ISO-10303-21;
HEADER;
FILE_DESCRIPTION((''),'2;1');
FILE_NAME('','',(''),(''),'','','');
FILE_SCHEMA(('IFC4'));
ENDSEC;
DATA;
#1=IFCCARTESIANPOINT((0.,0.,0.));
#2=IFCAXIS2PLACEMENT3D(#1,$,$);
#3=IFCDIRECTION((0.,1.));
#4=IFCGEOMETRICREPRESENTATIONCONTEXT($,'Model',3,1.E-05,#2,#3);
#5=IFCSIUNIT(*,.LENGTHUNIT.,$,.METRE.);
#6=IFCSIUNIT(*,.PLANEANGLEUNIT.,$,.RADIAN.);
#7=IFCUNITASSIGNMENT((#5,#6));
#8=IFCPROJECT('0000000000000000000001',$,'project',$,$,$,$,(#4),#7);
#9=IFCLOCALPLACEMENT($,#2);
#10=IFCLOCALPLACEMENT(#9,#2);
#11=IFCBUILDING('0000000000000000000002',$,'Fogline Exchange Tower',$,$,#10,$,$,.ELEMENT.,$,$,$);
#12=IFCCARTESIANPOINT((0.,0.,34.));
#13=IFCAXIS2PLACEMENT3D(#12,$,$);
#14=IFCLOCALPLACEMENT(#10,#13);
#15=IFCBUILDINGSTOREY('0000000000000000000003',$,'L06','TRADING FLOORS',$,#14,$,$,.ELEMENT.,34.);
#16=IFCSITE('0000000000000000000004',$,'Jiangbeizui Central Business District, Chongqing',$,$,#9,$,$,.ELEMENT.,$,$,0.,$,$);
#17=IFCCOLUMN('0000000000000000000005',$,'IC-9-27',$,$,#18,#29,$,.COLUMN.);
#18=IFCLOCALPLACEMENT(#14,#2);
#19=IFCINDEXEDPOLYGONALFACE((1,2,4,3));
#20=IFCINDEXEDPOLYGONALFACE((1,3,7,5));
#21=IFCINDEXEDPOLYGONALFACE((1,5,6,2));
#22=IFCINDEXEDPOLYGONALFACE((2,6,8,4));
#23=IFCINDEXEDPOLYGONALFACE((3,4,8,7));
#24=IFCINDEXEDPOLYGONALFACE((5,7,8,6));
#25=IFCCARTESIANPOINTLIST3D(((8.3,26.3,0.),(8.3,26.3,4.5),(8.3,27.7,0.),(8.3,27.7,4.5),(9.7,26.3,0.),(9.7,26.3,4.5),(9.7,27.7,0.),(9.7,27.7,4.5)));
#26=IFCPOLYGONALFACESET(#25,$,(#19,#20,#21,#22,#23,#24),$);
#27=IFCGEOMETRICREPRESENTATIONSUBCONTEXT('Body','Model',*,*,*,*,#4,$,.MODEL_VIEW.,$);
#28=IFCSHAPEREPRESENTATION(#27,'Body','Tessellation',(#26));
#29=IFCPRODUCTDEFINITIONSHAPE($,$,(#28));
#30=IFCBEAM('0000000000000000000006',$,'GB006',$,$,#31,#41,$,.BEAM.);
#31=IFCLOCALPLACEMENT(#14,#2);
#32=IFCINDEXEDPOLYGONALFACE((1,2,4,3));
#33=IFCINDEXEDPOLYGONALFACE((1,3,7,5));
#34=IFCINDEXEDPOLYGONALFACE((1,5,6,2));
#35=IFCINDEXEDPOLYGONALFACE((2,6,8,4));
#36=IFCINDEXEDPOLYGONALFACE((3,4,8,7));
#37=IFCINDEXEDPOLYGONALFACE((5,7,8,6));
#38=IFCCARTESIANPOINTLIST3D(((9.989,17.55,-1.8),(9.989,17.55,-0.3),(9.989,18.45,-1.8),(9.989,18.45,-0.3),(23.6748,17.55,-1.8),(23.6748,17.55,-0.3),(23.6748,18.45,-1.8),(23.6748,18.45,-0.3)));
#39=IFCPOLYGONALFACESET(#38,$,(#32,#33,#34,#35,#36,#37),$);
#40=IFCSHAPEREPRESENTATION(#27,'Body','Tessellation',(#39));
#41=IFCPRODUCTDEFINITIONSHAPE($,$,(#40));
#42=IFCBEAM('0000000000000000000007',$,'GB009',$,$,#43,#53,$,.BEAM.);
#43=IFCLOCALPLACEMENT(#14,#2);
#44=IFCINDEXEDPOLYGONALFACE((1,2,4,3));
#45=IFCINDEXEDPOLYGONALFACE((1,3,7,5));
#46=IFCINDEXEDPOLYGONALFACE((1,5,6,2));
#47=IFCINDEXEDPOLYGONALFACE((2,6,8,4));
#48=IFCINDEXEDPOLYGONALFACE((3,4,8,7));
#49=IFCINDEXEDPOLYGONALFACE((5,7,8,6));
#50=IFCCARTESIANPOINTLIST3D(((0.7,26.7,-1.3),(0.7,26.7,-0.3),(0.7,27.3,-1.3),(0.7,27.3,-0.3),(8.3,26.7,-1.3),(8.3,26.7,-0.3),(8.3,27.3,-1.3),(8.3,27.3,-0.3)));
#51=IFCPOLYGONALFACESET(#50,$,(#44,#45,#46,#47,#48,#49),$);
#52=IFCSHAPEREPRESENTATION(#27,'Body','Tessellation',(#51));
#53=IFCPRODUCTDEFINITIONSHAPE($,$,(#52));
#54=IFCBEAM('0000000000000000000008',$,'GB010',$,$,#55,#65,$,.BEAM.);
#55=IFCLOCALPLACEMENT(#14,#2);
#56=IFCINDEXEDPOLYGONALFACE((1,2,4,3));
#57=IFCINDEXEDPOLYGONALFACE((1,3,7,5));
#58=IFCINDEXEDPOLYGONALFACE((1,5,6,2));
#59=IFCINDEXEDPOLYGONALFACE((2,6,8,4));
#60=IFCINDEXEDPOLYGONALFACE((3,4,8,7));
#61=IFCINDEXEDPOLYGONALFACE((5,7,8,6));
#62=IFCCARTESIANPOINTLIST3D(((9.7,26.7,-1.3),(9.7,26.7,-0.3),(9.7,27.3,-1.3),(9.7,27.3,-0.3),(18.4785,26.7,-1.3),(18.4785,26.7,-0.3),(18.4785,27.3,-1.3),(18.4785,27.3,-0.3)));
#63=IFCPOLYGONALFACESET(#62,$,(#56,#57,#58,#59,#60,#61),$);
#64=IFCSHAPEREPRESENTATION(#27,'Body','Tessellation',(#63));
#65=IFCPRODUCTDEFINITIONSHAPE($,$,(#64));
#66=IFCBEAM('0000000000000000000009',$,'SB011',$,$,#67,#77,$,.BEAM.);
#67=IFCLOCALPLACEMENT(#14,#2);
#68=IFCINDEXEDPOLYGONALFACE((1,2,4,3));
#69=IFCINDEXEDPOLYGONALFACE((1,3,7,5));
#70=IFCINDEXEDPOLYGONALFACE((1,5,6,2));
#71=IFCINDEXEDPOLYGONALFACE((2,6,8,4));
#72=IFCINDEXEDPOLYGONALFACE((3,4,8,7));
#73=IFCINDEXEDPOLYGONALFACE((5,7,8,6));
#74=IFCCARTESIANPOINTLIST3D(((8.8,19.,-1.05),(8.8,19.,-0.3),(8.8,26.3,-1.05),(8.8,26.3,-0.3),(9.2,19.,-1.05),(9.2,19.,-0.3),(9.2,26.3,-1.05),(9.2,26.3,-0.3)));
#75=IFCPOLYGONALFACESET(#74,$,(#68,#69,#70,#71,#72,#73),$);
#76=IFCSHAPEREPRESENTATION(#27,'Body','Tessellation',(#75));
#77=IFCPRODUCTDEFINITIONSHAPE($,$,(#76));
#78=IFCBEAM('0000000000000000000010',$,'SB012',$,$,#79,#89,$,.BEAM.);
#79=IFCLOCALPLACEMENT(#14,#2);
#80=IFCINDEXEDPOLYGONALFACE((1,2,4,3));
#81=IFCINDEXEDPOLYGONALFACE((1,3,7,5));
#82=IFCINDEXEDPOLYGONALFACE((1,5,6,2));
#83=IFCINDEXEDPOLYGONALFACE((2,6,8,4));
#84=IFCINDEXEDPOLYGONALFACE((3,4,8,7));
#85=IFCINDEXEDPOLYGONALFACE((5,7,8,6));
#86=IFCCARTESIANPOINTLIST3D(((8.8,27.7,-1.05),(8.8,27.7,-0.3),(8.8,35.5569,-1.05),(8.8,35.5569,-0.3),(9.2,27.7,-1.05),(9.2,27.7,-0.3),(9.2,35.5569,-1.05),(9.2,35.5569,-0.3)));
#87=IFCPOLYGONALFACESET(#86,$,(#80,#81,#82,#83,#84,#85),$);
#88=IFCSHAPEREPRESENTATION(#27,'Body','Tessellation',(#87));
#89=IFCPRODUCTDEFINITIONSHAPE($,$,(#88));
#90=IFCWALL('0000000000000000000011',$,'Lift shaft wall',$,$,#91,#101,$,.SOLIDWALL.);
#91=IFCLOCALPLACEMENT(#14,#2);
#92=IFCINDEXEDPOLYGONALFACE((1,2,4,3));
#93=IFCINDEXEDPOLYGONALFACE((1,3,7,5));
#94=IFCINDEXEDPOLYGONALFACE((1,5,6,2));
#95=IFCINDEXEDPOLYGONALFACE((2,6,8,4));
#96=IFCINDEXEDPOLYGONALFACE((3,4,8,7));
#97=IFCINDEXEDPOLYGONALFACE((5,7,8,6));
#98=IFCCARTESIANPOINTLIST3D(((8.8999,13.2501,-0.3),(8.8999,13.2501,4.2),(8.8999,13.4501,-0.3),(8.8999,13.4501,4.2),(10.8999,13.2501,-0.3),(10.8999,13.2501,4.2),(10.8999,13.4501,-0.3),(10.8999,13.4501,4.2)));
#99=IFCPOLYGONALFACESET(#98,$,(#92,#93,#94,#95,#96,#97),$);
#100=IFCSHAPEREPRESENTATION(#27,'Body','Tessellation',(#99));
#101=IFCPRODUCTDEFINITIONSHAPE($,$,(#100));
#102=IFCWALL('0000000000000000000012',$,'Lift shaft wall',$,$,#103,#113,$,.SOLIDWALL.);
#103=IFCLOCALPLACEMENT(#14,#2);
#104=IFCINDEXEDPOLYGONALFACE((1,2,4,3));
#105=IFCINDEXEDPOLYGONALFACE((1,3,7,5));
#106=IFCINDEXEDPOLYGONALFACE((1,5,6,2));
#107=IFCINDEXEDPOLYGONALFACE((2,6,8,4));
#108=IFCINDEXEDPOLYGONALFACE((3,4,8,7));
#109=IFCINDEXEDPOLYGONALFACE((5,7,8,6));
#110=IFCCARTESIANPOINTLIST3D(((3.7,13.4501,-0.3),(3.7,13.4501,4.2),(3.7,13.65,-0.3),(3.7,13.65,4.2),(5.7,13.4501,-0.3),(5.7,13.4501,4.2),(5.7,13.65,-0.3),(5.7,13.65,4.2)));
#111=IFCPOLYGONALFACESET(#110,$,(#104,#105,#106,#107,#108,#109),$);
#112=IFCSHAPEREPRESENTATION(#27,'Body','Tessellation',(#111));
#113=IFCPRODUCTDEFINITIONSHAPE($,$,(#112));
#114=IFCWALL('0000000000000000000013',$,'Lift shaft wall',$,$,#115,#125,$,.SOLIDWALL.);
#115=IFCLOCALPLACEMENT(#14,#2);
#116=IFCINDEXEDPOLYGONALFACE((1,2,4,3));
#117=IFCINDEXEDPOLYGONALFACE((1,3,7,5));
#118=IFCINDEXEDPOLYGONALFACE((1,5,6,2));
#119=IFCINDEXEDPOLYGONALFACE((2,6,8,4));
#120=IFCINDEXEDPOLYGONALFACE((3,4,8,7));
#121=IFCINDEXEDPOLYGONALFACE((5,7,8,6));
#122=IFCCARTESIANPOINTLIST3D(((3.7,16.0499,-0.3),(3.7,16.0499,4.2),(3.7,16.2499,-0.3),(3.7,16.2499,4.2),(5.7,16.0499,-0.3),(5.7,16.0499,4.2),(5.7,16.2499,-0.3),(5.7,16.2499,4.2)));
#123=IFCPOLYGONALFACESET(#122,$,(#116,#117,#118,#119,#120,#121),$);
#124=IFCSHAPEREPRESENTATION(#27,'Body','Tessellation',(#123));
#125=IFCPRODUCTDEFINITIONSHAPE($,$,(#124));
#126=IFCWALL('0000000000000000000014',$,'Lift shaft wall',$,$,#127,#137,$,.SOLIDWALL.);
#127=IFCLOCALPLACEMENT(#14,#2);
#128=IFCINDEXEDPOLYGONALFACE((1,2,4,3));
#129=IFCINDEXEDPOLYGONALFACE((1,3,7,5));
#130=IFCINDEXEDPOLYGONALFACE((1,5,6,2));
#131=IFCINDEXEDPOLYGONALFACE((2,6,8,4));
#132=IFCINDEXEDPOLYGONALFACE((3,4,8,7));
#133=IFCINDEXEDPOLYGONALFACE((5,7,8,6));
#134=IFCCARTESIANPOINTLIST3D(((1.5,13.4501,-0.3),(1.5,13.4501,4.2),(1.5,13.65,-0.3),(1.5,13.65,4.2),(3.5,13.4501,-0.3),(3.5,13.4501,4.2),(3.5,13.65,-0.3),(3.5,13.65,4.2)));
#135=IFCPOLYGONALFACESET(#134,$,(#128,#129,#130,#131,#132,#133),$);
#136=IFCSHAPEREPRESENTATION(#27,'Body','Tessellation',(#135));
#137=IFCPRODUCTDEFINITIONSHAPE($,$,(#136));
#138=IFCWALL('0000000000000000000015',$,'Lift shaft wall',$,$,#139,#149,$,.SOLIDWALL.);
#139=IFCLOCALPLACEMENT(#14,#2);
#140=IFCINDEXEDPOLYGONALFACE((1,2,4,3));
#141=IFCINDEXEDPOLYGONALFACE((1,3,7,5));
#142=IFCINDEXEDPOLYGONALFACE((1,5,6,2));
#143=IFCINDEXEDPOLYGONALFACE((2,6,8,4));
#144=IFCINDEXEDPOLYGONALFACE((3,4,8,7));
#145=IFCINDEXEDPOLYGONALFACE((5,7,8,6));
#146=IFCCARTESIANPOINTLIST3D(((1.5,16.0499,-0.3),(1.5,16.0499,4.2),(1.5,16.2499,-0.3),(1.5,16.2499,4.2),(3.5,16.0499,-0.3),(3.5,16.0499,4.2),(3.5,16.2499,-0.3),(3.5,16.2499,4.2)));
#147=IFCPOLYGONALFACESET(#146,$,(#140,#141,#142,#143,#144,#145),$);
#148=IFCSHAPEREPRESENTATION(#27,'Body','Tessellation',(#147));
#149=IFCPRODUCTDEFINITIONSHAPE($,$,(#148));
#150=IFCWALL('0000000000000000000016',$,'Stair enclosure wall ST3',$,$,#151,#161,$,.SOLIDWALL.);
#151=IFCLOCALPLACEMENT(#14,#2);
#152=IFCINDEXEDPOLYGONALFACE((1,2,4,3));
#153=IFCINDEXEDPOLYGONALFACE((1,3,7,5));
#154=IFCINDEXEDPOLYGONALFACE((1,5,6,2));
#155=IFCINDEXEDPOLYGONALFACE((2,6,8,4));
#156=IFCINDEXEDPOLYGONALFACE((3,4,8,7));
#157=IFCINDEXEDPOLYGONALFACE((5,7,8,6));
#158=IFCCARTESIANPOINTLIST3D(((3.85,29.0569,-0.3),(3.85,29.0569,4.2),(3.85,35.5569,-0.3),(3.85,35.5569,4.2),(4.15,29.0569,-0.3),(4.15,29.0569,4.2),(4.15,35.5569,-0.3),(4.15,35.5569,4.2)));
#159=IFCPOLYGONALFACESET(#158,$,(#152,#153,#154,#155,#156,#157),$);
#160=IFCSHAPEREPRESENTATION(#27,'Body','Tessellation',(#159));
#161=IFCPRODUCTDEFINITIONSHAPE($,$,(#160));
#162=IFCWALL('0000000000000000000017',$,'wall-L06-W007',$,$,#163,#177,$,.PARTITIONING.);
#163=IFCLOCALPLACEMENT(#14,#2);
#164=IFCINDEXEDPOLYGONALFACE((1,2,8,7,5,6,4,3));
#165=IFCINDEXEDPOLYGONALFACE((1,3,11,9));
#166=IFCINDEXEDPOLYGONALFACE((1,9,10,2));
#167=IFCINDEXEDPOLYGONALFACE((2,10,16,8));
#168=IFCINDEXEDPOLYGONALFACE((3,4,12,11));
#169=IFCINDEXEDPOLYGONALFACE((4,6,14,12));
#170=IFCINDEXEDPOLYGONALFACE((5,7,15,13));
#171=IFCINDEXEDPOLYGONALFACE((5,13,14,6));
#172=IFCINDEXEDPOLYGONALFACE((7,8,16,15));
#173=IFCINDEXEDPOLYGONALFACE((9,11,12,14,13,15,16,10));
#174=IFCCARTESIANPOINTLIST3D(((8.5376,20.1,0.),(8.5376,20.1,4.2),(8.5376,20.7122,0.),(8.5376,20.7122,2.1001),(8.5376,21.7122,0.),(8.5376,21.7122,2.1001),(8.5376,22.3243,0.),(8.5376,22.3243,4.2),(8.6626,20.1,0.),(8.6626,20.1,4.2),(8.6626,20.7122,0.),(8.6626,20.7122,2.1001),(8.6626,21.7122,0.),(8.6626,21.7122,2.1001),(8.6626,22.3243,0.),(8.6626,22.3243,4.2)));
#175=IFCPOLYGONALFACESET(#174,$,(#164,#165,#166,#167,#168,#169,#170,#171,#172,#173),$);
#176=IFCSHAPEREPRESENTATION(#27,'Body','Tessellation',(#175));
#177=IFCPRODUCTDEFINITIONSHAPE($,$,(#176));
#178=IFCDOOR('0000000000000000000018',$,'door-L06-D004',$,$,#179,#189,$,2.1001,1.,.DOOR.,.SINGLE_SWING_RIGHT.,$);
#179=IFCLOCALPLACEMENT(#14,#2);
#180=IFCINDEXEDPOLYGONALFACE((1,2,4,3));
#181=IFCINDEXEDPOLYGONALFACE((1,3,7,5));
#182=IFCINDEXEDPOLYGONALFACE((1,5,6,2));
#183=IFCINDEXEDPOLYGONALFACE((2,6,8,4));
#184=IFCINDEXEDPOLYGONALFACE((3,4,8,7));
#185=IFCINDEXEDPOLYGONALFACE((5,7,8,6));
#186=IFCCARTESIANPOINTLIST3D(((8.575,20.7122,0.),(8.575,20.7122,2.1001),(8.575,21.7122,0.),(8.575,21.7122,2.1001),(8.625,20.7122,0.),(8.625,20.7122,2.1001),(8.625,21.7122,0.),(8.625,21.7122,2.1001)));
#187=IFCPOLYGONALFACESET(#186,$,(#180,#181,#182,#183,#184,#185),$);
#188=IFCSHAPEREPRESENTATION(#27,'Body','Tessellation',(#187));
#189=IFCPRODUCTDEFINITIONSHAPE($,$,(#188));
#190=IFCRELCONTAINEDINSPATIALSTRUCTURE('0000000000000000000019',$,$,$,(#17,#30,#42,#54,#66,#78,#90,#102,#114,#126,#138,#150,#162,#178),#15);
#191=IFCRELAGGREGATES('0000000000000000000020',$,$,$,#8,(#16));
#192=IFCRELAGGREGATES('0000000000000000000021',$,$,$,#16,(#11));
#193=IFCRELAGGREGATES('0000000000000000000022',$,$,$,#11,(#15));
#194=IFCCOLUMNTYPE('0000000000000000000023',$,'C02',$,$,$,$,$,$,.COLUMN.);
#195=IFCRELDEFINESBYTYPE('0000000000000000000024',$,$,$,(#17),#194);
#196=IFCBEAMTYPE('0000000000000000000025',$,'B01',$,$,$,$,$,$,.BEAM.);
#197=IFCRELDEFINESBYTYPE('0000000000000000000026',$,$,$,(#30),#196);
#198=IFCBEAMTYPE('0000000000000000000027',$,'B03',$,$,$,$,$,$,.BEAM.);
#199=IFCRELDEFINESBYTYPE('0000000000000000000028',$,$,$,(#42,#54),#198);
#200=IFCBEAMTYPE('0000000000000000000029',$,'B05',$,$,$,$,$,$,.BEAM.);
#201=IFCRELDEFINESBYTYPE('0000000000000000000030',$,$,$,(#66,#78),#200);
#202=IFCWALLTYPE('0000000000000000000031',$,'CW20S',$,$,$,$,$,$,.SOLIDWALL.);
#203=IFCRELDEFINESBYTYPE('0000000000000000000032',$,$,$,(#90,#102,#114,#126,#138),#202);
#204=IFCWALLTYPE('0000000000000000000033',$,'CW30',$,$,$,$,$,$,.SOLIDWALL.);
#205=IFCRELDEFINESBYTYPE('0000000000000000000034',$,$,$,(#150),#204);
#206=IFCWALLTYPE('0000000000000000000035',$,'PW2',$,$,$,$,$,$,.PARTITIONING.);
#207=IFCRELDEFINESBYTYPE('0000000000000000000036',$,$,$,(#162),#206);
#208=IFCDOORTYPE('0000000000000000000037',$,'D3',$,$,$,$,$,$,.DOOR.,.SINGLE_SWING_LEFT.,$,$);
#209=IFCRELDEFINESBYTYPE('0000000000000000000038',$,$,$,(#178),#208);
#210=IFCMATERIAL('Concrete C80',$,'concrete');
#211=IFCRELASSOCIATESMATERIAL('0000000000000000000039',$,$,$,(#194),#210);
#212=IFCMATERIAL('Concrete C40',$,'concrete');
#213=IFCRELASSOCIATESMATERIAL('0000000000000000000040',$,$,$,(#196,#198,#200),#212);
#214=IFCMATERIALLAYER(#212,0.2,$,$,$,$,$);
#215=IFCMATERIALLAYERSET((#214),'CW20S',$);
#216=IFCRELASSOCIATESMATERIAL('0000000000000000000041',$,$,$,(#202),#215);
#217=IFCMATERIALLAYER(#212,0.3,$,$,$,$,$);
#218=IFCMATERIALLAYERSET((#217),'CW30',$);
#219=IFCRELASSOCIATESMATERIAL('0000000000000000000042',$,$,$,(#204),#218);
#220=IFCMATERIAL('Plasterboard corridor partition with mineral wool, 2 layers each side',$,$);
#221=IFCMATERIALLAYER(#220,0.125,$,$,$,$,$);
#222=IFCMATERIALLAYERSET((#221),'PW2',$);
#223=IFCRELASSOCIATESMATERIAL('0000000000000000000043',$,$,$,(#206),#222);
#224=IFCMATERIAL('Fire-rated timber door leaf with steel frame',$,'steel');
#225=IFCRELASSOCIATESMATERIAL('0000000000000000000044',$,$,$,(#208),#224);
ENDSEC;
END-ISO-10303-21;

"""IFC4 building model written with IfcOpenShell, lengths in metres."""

from ifc_helpers import new_model, si_unit, direction, frame, frame_2d, origin, origin_2d, place, context, subcontext, project, spatial, rectangle, extrude, material, layer, layer_set, material_profile, profile_set, type_object, element, fill, save


model = new_model("IFC4")

# Units and contexts
model_context = context("Model", 3, precision=1e-05, world=origin(), true_north=direction((0.0, 1.0)))
body_context = subcontext(model_context, "Body", "Model", "MODEL_VIEW")
ifc_project = project(units=[si_unit("LENGTHUNIT", "METRE"), si_unit("PLANEANGLEUNIT", "RADIAN")], contexts=[model_context])

# Site, building, storey
site_placement = place(None, origin())
site = spatial("IfcSite", under=ifc_project, at=site_placement, Name="Jiangbeizui Central Business District, Chongqing", CompositionType="ELEMENT", RefElevation=0.0)
building_placement = place(site_placement, origin())
building = spatial("IfcBuilding", under=site, at=building_placement, Name="Fogline Exchange Tower", CompositionType="ELEMENT")
storey_placement = place(building_placement, frame((0.0, 0.0, 34.0)))
storey = spatial("IfcBuildingStorey", under=building, at=storey_placement, Name="L06", Description="TRADING FLOORS", CompositionType="ELEMENT", Elevation=34.0)

# Column
ifc_material_1 = material(Name="Concrete C80", Category="concrete")
ifc_material_profile_1 = material_profile(ifc_material_1, rectangle(XDim=1.3999, YDim=1.3999, at=origin_2d()), Name="RC 1400x1400")
ifc_profile_set_1 = profile_set([ifc_material_profile_1], Name="Concrete C80")
column_type = type_object("IfcColumnType", Name="C02", PredefinedType="COLUMN", material=ifc_profile_set_1)
column_placement = place(storey_placement, frame((9.0, 27.0, 0.0), z_axis=(0.0, 0.0, 1.0), x_axis=(1.0, 0.0, 0.0)))
element("IfcColumn", 1, at=column_placement, inside=storey, type_object=column_type, Name="IC-9-27", PredefinedType="COLUMN", context=body_context, shape_type="SweptSolid", body=[
    extrude(rectangle(XDim=1.3999, YDim=1.3999, at=origin_2d()), origin(), (0.0, 0.0, 1.0), 4.5),
])

# Beams
ifc_material_2 = material(Name="Concrete C40", Category="concrete")
ifc_material_profile_2 = material_profile(ifc_material_2, rectangle(XDim=0.8999, YDim=1.5, at=origin_2d()), Name="RC 900x1500")
ifc_profile_set_2 = profile_set([ifc_material_profile_2], Name="Concrete C40")
beam_type_1 = type_object("IfcBeamType", Name="B01", PredefinedType="BEAM", material=ifc_profile_set_2)
beam_1_placement = place(storey_placement, frame((9.989, 18.0, -1.05), z_axis=(1.0, 0.0, 0.0), x_axis=(0.0, 1.0, 0.0)))
element("IfcBeam", 2, at=beam_1_placement, inside=storey, type_object=beam_type_1, Name="GB006", PredefinedType="BEAM", context=body_context, shape_type="SweptSolid", body=[
    extrude(rectangle(XDim=0.8999, YDim=1.5, at=origin_2d()), origin(), (0.0, 0.0, 1.0), 13.6858),
])
ifc_material_profile_3 = material_profile(ifc_material_2, rectangle(XDim=0.6001, YDim=1.0, at=origin_2d()), Name="RC 600x1000")
ifc_profile_set_3 = profile_set([ifc_material_profile_3], Name="Concrete C40")
beam_type_2 = type_object("IfcBeamType", Name="B03", PredefinedType="BEAM", material=ifc_profile_set_3)
beam_2_placement = place(storey_placement, frame((0.7, 27.0, -0.8), z_axis=(1.0, 0.0, 0.0), x_axis=(0.0, 1.0, 0.0)))
element("IfcBeam", 3, at=beam_2_placement, inside=storey, type_object=beam_type_2, Name="GB009", PredefinedType="BEAM", context=body_context, shape_type="SweptSolid", body=[
    extrude(rectangle(XDim=0.6001, YDim=1.0, at=origin_2d()), origin(), (0.0, 0.0, 1.0), 7.6001),
])
beam_3_placement = place(storey_placement, frame((9.7, 27.0, -0.8), z_axis=(1.0, 0.0, 0.0), x_axis=(0.0, 1.0, 0.0)))
element("IfcBeam", 4, at=beam_3_placement, inside=storey, type_object=beam_type_2, Name="GB010", PredefinedType="BEAM", context=body_context, shape_type="SweptSolid", body=[
    extrude(rectangle(XDim=0.6001, YDim=1.0, at=origin_2d()), origin(), (0.0, 0.0, 1.0), 8.7786),
])
ifc_material_profile_4 = material_profile(ifc_material_2, rectangle(XDim=0.3999, YDim=0.75, at=origin_2d()), Name="RC 400x750")
ifc_profile_set_4 = profile_set([ifc_material_profile_4], Name="Concrete C40")
beam_type_3 = type_object("IfcBeamType", Name="B05", PredefinedType="BEAM", material=ifc_profile_set_4)
beam_4_placement = place(storey_placement, frame((9.0, 19.0, -0.675), z_axis=(0.0, 1.0, 0.0), x_axis=(-1.0, 0.0, 0.0)))
element("IfcBeam", 5, at=beam_4_placement, inside=storey, type_object=beam_type_3, Name="SB011", PredefinedType="BEAM", context=body_context, shape_type="SweptSolid", body=[
    extrude(rectangle(XDim=0.3999, YDim=0.75, at=origin_2d()), origin(), (0.0, 0.0, 1.0), 7.3),
])
beam_5_placement = place(storey_placement, frame((9.0, 27.7, -0.675), z_axis=(0.0, 1.0, 0.0), x_axis=(-1.0, 0.0, 0.0)))
element("IfcBeam", 6, at=beam_5_placement, inside=storey, type_object=beam_type_3, Name="SB012", PredefinedType="BEAM", context=body_context, shape_type="SweptSolid", body=[
    extrude(rectangle(XDim=0.3999, YDim=0.75, at=origin_2d()), origin(), (0.0, 0.0, 1.0), 7.8569),
])

# Walls
ifc_layer_1 = layer(ifc_material_2, 0.2)
ifc_layer_set_1 = layer_set([ifc_layer_1], Name="CW20S")
wall_type_1 = type_object("IfcWallType", Name="CW20S", PredefinedType="SOLIDWALL", material=ifc_layer_set_1)
for number, where, z_axis, x_axis, name in (
    (7, (8.8999, 13.3501, -0.3), (0.0, 0.0, 1.0), (1.0, 0.0, 0.0), "Lift shaft wall"),
    (8, (3.7, 13.55, -0.3), (0.0, 0.0, 1.0), (1.0, 0.0, 0.0), "Lift shaft wall"),
    (9, (3.7, 16.1499, -0.3), (0.0, 0.0, 1.0), (1.0, 0.0, 0.0), "Lift shaft wall"),
    (10, (1.5, 13.55, -0.3), (0.0, 0.0, 1.0), (1.0, 0.0, 0.0), "Lift shaft wall"),
    (11, (1.5, 16.1499, -0.3), (0.0, 0.0, 1.0), (1.0, 0.0, 0.0), "Lift shaft wall"),
):
    element("IfcWall", number, at=place(storey_placement, frame(where, z_axis=z_axis, x_axis=x_axis)), inside=storey, type_object=wall_type_1, Name=name, PredefinedType="SOLIDWALL", context=body_context, shape_type="SweptSolid", body=[
        extrude(rectangle(XDim=2.0, YDim=0.2, at=frame_2d((1.0, 0.0))), origin(), (0.0, 0.0, 1.0), 4.5),
    ])
ifc_layer_2 = layer(ifc_material_2, 0.3)
ifc_layer_set_2 = layer_set([ifc_layer_2], Name="CW30")
wall_type_2 = type_object("IfcWallType", Name="CW30", PredefinedType="SOLIDWALL", material=ifc_layer_set_2)
wall_1_placement = place(storey_placement, frame((4.0, 29.0569, -0.3), z_axis=(0.0, 0.0, 1.0), x_axis=(0.0, 1.0, 0.0)))
element("IfcWall", 12, at=wall_1_placement, inside=storey, type_object=wall_type_2, Name="Stair enclosure wall ST3", PredefinedType="SOLIDWALL", context=body_context, shape_type="SweptSolid", body=[
    extrude(rectangle(XDim=6.5, YDim=0.3, at=frame_2d((3.25, 0.0))), origin(), (0.0, 0.0, 1.0), 4.5),
])

# Wall, opening, door
ifc_material_3 = material(Name="Plasterboard corridor partition with mineral wool, 2 layers each side")
ifc_layer_3 = layer(ifc_material_3, 0.125)
ifc_layer_set_3 = layer_set([ifc_layer_3], Name="PW2")
wall_type_3 = type_object("IfcWallType", Name="PW2", PredefinedType="PARTITIONING", material=ifc_layer_set_3)
wall_2_placement = place(storey_placement, frame((8.6001, 22.3245, 0.0), z_axis=(0.0, 0.0, 1.0), x_axis=(0.0, -1.0, 0.0)))
wall_2 = element("IfcWall", 13, at=wall_2_placement, inside=storey, type_object=wall_type_3, Name="wall-L06-W007", PredefinedType="PARTITIONING", context=body_context, shape_type="SweptSolid", body=[
    extrude(rectangle(XDim=2.2244, YDim=0.125, at=frame_2d((1.1123, 0.0))), origin(), (0.0, 0.0, 1.0), 4.2),
])
opening_1_placement = place(wall_2_placement, frame((0.6123, 0.0, 0.0)))
opening_1 = element("IfcOpeningElement", 14, at=opening_1_placement, cuts=wall_2, PredefinedType="OPENING", context=body_context, shape_type="SweptSolid", body=[
    extrude(rectangle(XDim=1.0, YDim=2.1001, at=frame_2d((0.5, 1.05))), frame((0.0, 0.0725, 0.0), z_axis=(0.0, -1.0, 0.0), x_axis=(1.0, 0.0, 0.0)), (0.0, 0.0, 1.0), 0.145),
])
ifc_material_4 = material(Name="Fire-rated timber door leaf with steel frame", Category="steel")
door_type_1 = type_object("IfcDoorType", Name="D3", OperationType="SINGLE_SWING_LEFT", PredefinedType="DOOR", material=ifc_material_4)
door_1_placement = place(opening_1_placement, origin())
door_1 = element("IfcDoor", 15, at=door_1_placement, inside=storey, type_object=door_type_1, Name="door-L06-D004", OperationType="SINGLE_SWING_RIGHT", OverallHeight=2.1001, OverallWidth=1.0, PredefinedType="DOOR", context=body_context, shape_type="SweptSolid", body=[
    extrude(rectangle(XDim=1.0, YDim=2.1001, at=frame_2d((0.5, 1.05))), frame((0.0, 0.0249, 0.0), z_axis=(0.0, -1.0, 0.0), x_axis=(1.0, 0.0, 0.0)), (0.0, 0.0, 1.0), 0.05),
])
fill(opening_1, door_1)

save(model, "model.ifc")
